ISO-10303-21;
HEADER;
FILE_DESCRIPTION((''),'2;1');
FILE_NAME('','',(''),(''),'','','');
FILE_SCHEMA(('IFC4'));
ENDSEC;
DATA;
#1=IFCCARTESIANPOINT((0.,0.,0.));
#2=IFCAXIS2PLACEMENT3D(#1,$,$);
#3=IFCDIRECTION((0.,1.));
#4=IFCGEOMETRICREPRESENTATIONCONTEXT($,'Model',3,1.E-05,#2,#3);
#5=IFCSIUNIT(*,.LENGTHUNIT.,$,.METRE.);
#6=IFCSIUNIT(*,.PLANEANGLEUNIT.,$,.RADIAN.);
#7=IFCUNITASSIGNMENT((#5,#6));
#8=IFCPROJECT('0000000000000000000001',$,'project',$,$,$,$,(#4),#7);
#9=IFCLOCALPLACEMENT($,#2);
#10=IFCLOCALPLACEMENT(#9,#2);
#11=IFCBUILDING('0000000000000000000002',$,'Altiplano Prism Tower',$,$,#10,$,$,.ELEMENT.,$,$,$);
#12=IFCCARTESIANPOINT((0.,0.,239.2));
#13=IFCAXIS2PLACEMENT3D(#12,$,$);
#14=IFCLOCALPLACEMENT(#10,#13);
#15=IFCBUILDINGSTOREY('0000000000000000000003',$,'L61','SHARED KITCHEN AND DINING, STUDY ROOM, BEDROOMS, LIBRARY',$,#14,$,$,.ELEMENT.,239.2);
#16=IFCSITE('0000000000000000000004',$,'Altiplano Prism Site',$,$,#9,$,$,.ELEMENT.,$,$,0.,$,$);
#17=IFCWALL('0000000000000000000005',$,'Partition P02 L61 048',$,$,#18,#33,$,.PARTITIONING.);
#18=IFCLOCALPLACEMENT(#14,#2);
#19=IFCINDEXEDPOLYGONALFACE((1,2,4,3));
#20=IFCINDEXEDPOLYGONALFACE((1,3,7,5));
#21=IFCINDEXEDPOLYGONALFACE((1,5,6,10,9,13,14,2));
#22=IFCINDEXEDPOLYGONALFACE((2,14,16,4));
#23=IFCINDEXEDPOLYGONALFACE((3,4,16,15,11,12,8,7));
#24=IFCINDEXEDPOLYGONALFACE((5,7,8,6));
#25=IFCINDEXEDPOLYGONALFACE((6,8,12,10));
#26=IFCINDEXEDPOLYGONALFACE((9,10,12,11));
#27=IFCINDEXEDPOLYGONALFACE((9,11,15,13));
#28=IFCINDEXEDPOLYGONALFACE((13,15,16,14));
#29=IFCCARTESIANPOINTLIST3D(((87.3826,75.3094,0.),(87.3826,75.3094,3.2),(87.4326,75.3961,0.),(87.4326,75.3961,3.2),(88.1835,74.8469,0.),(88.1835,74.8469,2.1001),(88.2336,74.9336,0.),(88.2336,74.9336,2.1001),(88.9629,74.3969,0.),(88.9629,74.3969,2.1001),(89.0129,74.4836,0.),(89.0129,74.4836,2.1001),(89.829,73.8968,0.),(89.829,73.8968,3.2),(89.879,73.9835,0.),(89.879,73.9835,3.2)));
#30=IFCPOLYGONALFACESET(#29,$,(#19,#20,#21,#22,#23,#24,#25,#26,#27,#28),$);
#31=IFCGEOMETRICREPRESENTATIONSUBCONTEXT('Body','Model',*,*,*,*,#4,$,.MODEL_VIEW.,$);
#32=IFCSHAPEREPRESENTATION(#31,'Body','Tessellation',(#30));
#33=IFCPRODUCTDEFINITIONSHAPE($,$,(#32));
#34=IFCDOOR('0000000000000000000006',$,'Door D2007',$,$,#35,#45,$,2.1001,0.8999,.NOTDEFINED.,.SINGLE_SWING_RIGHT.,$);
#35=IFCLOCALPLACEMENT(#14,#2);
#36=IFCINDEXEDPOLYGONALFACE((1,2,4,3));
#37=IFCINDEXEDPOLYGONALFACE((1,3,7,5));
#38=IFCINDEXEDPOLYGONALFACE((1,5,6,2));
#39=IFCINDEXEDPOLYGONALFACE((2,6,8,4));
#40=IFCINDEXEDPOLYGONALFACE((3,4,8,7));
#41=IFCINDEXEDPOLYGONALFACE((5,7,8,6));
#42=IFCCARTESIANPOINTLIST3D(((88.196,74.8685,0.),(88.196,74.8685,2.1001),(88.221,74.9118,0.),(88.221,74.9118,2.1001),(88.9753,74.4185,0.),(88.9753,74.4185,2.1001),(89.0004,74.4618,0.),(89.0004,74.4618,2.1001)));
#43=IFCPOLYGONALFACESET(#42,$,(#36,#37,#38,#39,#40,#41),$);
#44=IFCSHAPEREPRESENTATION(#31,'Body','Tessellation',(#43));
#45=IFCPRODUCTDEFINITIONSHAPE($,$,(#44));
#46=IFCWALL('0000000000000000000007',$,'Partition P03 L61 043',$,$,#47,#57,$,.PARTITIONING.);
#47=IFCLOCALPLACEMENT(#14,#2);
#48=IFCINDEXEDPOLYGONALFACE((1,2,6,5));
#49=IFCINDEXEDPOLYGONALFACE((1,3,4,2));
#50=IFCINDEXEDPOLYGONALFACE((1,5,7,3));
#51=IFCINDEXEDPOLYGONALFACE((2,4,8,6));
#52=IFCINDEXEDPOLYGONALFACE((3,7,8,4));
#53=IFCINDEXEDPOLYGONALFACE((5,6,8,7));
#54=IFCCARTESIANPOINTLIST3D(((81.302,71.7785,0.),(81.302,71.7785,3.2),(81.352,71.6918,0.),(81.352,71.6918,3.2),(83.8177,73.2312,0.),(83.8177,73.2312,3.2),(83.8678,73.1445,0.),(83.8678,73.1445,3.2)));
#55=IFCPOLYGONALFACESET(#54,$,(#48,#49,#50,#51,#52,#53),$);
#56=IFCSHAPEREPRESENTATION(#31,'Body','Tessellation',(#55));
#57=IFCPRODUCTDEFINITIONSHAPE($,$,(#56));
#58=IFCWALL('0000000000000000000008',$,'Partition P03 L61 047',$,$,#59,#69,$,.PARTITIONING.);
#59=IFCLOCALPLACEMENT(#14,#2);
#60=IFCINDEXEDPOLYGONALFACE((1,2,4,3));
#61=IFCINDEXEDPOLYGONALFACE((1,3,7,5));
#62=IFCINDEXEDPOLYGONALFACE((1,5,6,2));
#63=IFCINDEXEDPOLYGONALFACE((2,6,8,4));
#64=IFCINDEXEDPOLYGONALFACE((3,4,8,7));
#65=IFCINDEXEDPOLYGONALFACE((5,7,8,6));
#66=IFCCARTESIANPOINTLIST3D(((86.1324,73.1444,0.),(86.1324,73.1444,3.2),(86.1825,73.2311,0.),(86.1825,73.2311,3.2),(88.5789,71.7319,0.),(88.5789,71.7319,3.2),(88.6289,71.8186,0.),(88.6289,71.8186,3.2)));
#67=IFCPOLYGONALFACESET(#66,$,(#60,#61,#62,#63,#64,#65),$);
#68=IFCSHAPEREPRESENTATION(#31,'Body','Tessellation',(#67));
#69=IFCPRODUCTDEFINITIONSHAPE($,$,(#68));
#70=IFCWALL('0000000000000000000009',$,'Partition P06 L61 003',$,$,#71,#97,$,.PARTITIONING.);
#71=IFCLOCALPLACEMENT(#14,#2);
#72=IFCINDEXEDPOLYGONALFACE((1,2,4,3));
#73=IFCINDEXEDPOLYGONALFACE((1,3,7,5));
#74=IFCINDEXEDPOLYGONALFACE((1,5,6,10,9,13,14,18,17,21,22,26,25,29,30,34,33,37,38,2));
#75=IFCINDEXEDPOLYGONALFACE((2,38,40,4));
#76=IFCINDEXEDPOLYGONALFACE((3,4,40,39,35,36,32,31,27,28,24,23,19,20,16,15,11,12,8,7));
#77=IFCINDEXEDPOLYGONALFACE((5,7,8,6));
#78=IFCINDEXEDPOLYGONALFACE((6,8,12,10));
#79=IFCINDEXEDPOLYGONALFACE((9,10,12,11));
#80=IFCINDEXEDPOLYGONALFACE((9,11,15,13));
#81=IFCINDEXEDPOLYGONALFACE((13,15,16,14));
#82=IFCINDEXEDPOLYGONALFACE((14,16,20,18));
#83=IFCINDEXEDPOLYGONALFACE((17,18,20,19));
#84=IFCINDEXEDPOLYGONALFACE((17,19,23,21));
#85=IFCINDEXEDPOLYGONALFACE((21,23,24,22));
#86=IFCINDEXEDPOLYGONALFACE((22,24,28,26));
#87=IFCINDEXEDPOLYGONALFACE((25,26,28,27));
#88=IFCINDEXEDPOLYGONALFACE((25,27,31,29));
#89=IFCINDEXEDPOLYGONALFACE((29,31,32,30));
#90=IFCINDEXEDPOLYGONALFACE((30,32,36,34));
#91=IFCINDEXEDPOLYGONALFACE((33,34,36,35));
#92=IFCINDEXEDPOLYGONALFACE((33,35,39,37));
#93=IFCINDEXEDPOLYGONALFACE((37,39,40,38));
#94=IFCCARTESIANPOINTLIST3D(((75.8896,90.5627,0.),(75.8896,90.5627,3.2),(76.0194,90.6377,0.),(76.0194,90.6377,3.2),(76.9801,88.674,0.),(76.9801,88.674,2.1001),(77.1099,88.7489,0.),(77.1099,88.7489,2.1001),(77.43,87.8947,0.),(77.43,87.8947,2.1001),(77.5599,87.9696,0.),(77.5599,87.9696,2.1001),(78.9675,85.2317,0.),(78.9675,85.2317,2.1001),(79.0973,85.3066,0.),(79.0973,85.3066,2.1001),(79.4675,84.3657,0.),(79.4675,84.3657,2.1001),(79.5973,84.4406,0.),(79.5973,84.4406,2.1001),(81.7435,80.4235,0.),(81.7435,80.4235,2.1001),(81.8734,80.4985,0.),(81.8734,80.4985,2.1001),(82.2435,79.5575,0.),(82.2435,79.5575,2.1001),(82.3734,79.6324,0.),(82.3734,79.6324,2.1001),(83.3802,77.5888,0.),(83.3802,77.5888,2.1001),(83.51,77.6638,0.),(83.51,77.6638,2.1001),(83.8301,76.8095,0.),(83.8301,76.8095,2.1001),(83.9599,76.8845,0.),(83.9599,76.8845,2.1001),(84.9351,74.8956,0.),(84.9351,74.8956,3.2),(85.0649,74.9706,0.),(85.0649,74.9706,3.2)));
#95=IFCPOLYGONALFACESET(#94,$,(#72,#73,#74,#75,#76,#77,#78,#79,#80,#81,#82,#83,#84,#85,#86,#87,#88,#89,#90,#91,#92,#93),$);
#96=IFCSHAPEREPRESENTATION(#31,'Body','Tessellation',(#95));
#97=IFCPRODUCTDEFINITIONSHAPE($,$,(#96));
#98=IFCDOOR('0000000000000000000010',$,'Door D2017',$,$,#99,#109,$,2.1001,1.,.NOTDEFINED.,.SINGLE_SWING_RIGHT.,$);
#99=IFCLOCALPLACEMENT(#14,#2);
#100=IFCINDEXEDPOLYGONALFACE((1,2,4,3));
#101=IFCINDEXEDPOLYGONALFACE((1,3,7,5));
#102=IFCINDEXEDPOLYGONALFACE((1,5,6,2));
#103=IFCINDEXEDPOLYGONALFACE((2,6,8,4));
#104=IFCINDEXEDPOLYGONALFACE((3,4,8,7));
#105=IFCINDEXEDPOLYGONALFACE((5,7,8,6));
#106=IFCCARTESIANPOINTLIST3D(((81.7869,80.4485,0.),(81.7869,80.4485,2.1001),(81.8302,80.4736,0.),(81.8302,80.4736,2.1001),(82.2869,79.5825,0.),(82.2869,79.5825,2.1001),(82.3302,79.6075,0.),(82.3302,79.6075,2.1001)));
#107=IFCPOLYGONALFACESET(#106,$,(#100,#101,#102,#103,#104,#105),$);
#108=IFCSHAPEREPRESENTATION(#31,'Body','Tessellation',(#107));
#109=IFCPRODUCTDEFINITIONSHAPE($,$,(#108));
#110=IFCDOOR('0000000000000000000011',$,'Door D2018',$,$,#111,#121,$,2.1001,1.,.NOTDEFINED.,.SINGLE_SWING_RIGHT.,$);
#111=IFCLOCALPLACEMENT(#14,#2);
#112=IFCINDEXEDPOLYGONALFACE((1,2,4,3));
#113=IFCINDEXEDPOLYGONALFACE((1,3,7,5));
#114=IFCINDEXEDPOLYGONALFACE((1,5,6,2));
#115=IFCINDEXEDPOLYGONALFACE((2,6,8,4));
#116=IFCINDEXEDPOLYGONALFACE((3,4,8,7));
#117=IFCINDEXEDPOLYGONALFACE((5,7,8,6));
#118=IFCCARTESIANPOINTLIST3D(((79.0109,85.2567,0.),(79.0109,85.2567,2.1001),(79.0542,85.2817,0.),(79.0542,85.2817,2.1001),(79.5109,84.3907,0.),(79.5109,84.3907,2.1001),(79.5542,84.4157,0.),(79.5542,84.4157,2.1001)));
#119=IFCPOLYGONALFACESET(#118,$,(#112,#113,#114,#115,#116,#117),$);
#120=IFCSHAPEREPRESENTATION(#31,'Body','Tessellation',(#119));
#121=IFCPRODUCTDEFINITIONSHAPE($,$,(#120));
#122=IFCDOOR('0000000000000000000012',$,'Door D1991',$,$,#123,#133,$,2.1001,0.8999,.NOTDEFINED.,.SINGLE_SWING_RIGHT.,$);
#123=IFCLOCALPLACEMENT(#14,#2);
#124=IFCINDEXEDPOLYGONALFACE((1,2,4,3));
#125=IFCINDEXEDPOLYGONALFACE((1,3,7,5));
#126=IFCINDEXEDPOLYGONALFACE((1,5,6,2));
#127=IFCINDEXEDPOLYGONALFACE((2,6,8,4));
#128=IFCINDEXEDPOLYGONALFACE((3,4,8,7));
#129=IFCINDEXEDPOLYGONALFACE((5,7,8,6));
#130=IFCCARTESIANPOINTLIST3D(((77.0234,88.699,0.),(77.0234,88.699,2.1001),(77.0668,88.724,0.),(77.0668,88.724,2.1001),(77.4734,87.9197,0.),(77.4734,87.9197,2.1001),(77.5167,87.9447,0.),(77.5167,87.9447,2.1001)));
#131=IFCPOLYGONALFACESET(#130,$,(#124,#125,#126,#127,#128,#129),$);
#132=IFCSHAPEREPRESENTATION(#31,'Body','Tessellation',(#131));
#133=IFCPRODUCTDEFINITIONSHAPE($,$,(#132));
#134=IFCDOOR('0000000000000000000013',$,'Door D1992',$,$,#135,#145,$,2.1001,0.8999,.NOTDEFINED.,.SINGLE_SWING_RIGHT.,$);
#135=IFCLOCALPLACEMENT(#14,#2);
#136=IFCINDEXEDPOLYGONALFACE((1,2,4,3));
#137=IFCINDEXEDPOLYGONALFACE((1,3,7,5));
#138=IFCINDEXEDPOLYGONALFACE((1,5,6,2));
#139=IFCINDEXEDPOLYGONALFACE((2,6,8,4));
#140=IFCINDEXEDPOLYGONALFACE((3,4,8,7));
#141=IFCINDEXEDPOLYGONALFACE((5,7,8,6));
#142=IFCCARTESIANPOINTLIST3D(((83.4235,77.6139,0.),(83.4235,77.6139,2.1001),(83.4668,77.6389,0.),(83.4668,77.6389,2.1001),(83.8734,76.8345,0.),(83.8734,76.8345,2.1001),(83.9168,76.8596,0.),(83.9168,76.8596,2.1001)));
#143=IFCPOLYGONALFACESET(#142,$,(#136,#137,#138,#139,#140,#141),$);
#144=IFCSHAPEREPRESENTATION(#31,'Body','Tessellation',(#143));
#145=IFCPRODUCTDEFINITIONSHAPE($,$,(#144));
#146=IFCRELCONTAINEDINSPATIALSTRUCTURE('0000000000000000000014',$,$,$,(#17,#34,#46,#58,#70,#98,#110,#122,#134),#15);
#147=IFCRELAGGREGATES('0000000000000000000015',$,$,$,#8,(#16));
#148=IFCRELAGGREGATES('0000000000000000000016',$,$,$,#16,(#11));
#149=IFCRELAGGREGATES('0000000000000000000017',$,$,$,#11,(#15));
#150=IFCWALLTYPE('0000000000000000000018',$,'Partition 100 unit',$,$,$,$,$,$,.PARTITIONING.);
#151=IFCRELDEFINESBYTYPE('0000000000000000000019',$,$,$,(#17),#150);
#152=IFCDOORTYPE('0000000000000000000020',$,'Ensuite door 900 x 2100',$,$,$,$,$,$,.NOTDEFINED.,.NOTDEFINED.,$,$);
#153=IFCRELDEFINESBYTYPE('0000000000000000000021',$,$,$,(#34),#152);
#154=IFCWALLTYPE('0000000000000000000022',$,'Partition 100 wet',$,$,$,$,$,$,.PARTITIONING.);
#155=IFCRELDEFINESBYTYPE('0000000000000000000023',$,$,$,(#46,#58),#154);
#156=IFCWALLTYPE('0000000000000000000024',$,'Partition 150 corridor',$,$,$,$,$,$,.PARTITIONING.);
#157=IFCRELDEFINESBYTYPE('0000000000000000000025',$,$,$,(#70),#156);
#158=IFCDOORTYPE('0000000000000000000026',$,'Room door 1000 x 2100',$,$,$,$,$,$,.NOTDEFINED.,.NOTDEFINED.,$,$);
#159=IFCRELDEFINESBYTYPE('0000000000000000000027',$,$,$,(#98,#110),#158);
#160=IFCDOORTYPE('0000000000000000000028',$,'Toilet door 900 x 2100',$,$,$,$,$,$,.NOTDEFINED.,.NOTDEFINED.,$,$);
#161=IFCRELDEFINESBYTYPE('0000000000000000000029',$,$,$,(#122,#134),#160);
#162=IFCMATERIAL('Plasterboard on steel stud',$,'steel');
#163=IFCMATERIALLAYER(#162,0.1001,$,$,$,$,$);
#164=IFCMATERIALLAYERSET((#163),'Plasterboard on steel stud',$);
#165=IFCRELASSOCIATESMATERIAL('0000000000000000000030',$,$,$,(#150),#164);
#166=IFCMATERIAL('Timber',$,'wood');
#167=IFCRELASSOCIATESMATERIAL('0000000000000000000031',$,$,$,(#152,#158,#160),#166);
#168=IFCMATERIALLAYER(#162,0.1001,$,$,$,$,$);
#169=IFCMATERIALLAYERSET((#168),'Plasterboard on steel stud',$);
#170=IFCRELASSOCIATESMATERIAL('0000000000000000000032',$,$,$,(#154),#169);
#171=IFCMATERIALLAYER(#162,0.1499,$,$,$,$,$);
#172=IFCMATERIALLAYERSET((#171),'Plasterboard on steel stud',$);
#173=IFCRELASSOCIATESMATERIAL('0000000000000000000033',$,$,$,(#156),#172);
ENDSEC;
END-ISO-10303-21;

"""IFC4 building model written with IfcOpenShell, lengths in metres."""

from ifc_helpers import new_model, si_unit, direction, frame, frame_2d, origin, place, context, subcontext, project, spatial, rectangle, extrude, material, layer, layer_set, type_object, element, fill, save


model = new_model("IFC4")

# Units and contexts
model_context = context("Model", 3, precision=1e-05, world=origin(), true_north=direction((0.0, 1.0)))
body_context = subcontext(model_context, "Body", "Model", "MODEL_VIEW")
ifc_project = project(units=[si_unit("LENGTHUNIT", "METRE"), si_unit("PLANEANGLEUNIT", "RADIAN")], contexts=[model_context])

# Site, building, storey
site_placement = place(None, origin())
site = spatial("IfcSite", under=ifc_project, at=site_placement, Name="Altiplano Prism Site", CompositionType="ELEMENT", RefElevation=0.0)
building_placement = place(site_placement, origin())
building = spatial("IfcBuilding", under=site, at=building_placement, Name="Altiplano Prism Tower", CompositionType="ELEMENT")
storey_placement = place(building_placement, frame((0.0, 0.0, 239.2)))
storey = spatial("IfcBuildingStorey", under=building, at=storey_placement, Name="L61", Description="SHARED KITCHEN AND DINING, STUDY ROOM, BEDROOMS, LIBRARY", CompositionType="ELEMENT", Elevation=239.2)

# Shared definitions
ifc_material_1 = material(Name="Plasterboard on steel stud", Category="steel")
ifc_layer_1 = layer(ifc_material_1, 0.1001)
ifc_layer_set_1 = layer_set([ifc_layer_1], Name="Plasterboard on steel stud")
wall_type_1 = type_object("IfcWallType", Name="Partition 100 unit", PredefinedType="PARTITIONING", material=ifc_layer_set_1)

# Wall, opening, door
ifc_material_2 = material(Name="Timber", Category="wood")
door_type_1 = type_object("IfcDoorType", Name="Ensuite door 900 x 2100", OperationType="NOTDEFINED", PredefinedType="NOTDEFINED", material=ifc_material_2)
wall_1_placement = place(storey_placement, frame((87.4075, 75.3528, 0.0), z_axis=(0.0, 0.0, 1.0), x_axis=(0.866011, -0.500024, 0.0)))
wall_1 = element("IfcWall", 1, at=wall_1_placement, inside=storey, type_object=wall_type_1, Name="Partition P02 L61 048", PredefinedType="PARTITIONING", context=body_context, shape_type="SweptSolid", body=[
    extrude(rectangle(XDim=2.825, YDim=0.1001, at=frame_2d((1.4126, 0.0))), origin(), (0.0, 0.0, 1.0), 3.2),
])
opening_1_placement = place(wall_1_placement, frame((0.925, 0.0, 0.0)))
opening_1 = element("IfcOpeningElement", 2, at=opening_1_placement, cuts=wall_1, PredefinedType="OPENING", context=body_context, shape_type="SweptSolid", body=[
    extrude(rectangle(XDim=0.8999, YDim=2.1001, at=frame_2d((0.45, 1.05))), frame((0.0, 0.0605, 0.0), z_axis=(0.0, -1.0, 0.0), x_axis=(1.0, 0.0, 0.0)), (0.0, 0.0, 1.0), 0.1211),
])
door_1_placement = place(opening_1_placement, origin())
door_1 = element("IfcDoor", 3, at=door_1_placement, inside=storey, type_object=door_type_1, Name="Door D2007", OperationType="SINGLE_SWING_RIGHT", OverallHeight=2.1001, OverallWidth=0.8999, PredefinedType="NOTDEFINED", context=body_context, shape_type="SweptSolid", body=[
    extrude(rectangle(XDim=0.8999, YDim=2.1001, at=frame_2d((0.45, 1.05))), frame((0.0, 0.0249, 0.0), z_axis=(0.0, -1.0, 0.0), x_axis=(1.0, 0.0, 0.0)), (0.0, 0.0, 1.0), 0.05),
])
fill(opening_1, door_1)

# Walls
ifc_layer_2 = layer(ifc_material_1, 0.1001)
ifc_layer_set_2 = layer_set([ifc_layer_2], Name="Plasterboard on steel stud")
wall_type_2 = type_object("IfcWallType", Name="Partition 100 wet", PredefinedType="PARTITIONING", material=ifc_layer_set_2)
wall_2_placement = place(storey_placement, frame((81.3269, 71.7351, 0.0), z_axis=(0.0, 0.0, 1.0), x_axis=(0.86599, 0.500062, 0.0)))
element("IfcWall", 4, at=wall_2_placement, inside=storey, type_object=wall_type_2, Name="Partition P03 L61 043", PredefinedType="PARTITIONING", context=body_context, shape_type="SweptSolid", body=[
    extrude(rectangle(XDim=2.905, YDim=0.1001, at=frame_2d((1.4526, 0.0))), origin(), (0.0, 0.0, 1.0), 3.2),
])
wall_3_placement = place(storey_placement, frame((88.604, 71.7751, 0.0), z_axis=(0.0, 0.0, 1.0), x_axis=(-0.866011, 0.500024, 0.0)))
element("IfcWall", 5, at=wall_3_placement, inside=storey, type_object=wall_type_2, Name="Partition P03 L61 047", PredefinedType="PARTITIONING", context=body_context, shape_type="SweptSolid", body=[
    extrude(rectangle(XDim=2.825, YDim=0.1001, at=frame_2d((1.4126, 0.0))), origin(), (0.0, 0.0, 1.0), 3.2),
])

# Wall, openings, doors
ifc_layer_3 = layer(ifc_material_1, 0.1499)
ifc_layer_set_3 = layer_set([ifc_layer_3], Name="Plasterboard on steel stud")
wall_type_3 = type_object("IfcWallType", Name="Partition 150 corridor", PredefinedType="PARTITIONING", material=ifc_layer_set_3)
wall_4_placement = place(storey_placement, frame((85.0, 74.9331, 0.0), z_axis=(0.0, 0.0, 1.0), x_axis=(-0.500003, 0.866024, 0.0)))
wall_4 = element("IfcWall", 6, at=wall_4_placement, inside=storey, type_object=wall_type_3, Name="Partition P06 L61 003", PredefinedType="PARTITIONING", context=body_context, shape_type="SweptSolid", body=[
    extrude(rectangle(XDim=18.0908, YDim=0.1499, at=frame_2d((9.0454, 0.0))), origin(), (0.0, 0.0, 1.0), 3.2),
])
opening_2_placement = place(wall_4_placement, frame((15.01, 0.0, 0.0)))
opening_2 = element("IfcOpeningElement", 7, at=opening_2_placement, cuts=wall_4, PredefinedType="OPENING", context=body_context, shape_type="SweptSolid", body=[
    extrude(rectangle(XDim=0.8999, YDim=2.1001, at=frame_2d((0.45, 1.05))), frame((0.0, 0.0854, 0.0), z_axis=(0.0, -1.0, 0.0), x_axis=(1.0, 0.0, 0.0)), (0.0, 0.0, 1.0), 0.1709),
])
opening_3_placement = place(wall_4_placement, frame((2.21, 0.0, 0.0)))
opening_3 = element("IfcOpeningElement", 8, at=opening_3_placement, cuts=wall_4, PredefinedType="OPENING", context=body_context, shape_type="SweptSolid", body=[
    extrude(rectangle(XDim=0.8999, YDim=2.1001, at=frame_2d((0.45, 1.05))), frame((0.0, 0.0854, 0.0), z_axis=(0.0, -1.0, 0.0), x_axis=(1.0, 0.0, 0.0)), (0.0, 0.0, 1.0), 0.1709),
])
opening_4_placement = place(wall_4_placement, frame((5.3831, 0.0, 0.0)))
opening_4 = element("IfcOpeningElement", 9, at=opening_4_placement, cuts=wall_4, PredefinedType="OPENING", context=body_context, shape_type="SweptSolid", body=[
    extrude(rectangle(XDim=1.0, YDim=2.1001, at=frame_2d((0.5, 1.05))), frame((0.0, 0.0854, 0.0), z_axis=(0.0, -1.0, 0.0), x_axis=(1.0, 0.0, 0.0)), (0.0, 0.0, 1.0), 0.1709),
])
opening_5_placement = place(wall_4_placement, frame((10.9351, 0.0, 0.0)))
opening_5 = element("IfcOpeningElement", 10, at=opening_5_placement, cuts=wall_4, PredefinedType="OPENING", context=body_context, shape_type="SweptSolid", body=[
    extrude(rectangle(XDim=1.0, YDim=2.1001, at=frame_2d((0.5, 1.05))), frame((0.0, 0.0854, 0.0), z_axis=(0.0, -1.0, 0.0), x_axis=(1.0, 0.0, 0.0)), (0.0, 0.0, 1.0), 0.1709),
])
door_type_2 = type_object("IfcDoorType", Name="Room door 1000 x 2100", OperationType="NOTDEFINED", PredefinedType="NOTDEFINED", material=ifc_material_2)
door_2_placement = place(opening_4_placement, origin())
door_2 = element("IfcDoor", 11, at=door_2_placement, inside=storey, type_object=door_type_2, Name="Door D2017", OperationType="SINGLE_SWING_RIGHT", OverallHeight=2.1001, OverallWidth=1.0, PredefinedType="NOTDEFINED", context=body_context, shape_type="SweptSolid", body=[
    extrude(rectangle(XDim=1.0, YDim=2.1001, at=frame_2d((0.5, 1.05))), frame((0.0, 0.0249, 0.0), z_axis=(0.0, -1.0, 0.0), x_axis=(1.0, 0.0, 0.0)), (0.0, 0.0, 1.0), 0.05),
])
fill(opening_4, door_2)
door_3_placement = place(opening_5_placement, origin())
door_3 = element("IfcDoor", 12, at=door_3_placement, inside=storey, type_object=door_type_2, Name="Door D2018", OperationType="SINGLE_SWING_RIGHT", OverallHeight=2.1001, OverallWidth=1.0, PredefinedType="NOTDEFINED", context=body_context, shape_type="SweptSolid", body=[
    extrude(rectangle(XDim=1.0, YDim=2.1001, at=frame_2d((0.5, 1.05))), frame((0.0, 0.0249, 0.0), z_axis=(0.0, -1.0, 0.0), x_axis=(1.0, 0.0, 0.0)), (0.0, 0.0, 1.0), 0.05),
])
fill(opening_5, door_3)
door_type_3 = type_object("IfcDoorType", Name="Toilet door 900 x 2100", OperationType="NOTDEFINED", PredefinedType="NOTDEFINED", material=ifc_material_2)
door_4_placement = place(opening_2_placement, origin())
door_4 = element("IfcDoor", 13, at=door_4_placement, inside=storey, type_object=door_type_3, Name="Door D1991", OperationType="SINGLE_SWING_RIGHT", OverallHeight=2.1001, OverallWidth=0.8999, PredefinedType="NOTDEFINED", context=body_context, shape_type="SweptSolid", body=[
    extrude(rectangle(XDim=0.8999, YDim=2.1001, at=frame_2d((0.45, 1.05))), frame((0.0, 0.0249, 0.0), z_axis=(0.0, -1.0, 0.0), x_axis=(1.0, 0.0, 0.0)), (0.0, 0.0, 1.0), 0.05),
])
fill(opening_2, door_4)
door_5_placement = place(opening_3_placement, origin())
door_5 = element("IfcDoor", 14, at=door_5_placement, inside=storey, type_object=door_type_3, Name="Door D1992", OperationType="SINGLE_SWING_RIGHT", OverallHeight=2.1001, OverallWidth=0.8999, PredefinedType="NOTDEFINED", context=body_context, shape_type="SweptSolid", body=[
    extrude(rectangle(XDim=0.8999, YDim=2.1001, at=frame_2d((0.45, 1.05))), frame((0.0, 0.0249, 0.0), z_axis=(0.0, -1.0, 0.0), x_axis=(1.0, 0.0, 0.0)), (0.0, 0.0, 1.0), 0.05),
])
fill(opening_3, door_5)

save(model, "model.ifc")
